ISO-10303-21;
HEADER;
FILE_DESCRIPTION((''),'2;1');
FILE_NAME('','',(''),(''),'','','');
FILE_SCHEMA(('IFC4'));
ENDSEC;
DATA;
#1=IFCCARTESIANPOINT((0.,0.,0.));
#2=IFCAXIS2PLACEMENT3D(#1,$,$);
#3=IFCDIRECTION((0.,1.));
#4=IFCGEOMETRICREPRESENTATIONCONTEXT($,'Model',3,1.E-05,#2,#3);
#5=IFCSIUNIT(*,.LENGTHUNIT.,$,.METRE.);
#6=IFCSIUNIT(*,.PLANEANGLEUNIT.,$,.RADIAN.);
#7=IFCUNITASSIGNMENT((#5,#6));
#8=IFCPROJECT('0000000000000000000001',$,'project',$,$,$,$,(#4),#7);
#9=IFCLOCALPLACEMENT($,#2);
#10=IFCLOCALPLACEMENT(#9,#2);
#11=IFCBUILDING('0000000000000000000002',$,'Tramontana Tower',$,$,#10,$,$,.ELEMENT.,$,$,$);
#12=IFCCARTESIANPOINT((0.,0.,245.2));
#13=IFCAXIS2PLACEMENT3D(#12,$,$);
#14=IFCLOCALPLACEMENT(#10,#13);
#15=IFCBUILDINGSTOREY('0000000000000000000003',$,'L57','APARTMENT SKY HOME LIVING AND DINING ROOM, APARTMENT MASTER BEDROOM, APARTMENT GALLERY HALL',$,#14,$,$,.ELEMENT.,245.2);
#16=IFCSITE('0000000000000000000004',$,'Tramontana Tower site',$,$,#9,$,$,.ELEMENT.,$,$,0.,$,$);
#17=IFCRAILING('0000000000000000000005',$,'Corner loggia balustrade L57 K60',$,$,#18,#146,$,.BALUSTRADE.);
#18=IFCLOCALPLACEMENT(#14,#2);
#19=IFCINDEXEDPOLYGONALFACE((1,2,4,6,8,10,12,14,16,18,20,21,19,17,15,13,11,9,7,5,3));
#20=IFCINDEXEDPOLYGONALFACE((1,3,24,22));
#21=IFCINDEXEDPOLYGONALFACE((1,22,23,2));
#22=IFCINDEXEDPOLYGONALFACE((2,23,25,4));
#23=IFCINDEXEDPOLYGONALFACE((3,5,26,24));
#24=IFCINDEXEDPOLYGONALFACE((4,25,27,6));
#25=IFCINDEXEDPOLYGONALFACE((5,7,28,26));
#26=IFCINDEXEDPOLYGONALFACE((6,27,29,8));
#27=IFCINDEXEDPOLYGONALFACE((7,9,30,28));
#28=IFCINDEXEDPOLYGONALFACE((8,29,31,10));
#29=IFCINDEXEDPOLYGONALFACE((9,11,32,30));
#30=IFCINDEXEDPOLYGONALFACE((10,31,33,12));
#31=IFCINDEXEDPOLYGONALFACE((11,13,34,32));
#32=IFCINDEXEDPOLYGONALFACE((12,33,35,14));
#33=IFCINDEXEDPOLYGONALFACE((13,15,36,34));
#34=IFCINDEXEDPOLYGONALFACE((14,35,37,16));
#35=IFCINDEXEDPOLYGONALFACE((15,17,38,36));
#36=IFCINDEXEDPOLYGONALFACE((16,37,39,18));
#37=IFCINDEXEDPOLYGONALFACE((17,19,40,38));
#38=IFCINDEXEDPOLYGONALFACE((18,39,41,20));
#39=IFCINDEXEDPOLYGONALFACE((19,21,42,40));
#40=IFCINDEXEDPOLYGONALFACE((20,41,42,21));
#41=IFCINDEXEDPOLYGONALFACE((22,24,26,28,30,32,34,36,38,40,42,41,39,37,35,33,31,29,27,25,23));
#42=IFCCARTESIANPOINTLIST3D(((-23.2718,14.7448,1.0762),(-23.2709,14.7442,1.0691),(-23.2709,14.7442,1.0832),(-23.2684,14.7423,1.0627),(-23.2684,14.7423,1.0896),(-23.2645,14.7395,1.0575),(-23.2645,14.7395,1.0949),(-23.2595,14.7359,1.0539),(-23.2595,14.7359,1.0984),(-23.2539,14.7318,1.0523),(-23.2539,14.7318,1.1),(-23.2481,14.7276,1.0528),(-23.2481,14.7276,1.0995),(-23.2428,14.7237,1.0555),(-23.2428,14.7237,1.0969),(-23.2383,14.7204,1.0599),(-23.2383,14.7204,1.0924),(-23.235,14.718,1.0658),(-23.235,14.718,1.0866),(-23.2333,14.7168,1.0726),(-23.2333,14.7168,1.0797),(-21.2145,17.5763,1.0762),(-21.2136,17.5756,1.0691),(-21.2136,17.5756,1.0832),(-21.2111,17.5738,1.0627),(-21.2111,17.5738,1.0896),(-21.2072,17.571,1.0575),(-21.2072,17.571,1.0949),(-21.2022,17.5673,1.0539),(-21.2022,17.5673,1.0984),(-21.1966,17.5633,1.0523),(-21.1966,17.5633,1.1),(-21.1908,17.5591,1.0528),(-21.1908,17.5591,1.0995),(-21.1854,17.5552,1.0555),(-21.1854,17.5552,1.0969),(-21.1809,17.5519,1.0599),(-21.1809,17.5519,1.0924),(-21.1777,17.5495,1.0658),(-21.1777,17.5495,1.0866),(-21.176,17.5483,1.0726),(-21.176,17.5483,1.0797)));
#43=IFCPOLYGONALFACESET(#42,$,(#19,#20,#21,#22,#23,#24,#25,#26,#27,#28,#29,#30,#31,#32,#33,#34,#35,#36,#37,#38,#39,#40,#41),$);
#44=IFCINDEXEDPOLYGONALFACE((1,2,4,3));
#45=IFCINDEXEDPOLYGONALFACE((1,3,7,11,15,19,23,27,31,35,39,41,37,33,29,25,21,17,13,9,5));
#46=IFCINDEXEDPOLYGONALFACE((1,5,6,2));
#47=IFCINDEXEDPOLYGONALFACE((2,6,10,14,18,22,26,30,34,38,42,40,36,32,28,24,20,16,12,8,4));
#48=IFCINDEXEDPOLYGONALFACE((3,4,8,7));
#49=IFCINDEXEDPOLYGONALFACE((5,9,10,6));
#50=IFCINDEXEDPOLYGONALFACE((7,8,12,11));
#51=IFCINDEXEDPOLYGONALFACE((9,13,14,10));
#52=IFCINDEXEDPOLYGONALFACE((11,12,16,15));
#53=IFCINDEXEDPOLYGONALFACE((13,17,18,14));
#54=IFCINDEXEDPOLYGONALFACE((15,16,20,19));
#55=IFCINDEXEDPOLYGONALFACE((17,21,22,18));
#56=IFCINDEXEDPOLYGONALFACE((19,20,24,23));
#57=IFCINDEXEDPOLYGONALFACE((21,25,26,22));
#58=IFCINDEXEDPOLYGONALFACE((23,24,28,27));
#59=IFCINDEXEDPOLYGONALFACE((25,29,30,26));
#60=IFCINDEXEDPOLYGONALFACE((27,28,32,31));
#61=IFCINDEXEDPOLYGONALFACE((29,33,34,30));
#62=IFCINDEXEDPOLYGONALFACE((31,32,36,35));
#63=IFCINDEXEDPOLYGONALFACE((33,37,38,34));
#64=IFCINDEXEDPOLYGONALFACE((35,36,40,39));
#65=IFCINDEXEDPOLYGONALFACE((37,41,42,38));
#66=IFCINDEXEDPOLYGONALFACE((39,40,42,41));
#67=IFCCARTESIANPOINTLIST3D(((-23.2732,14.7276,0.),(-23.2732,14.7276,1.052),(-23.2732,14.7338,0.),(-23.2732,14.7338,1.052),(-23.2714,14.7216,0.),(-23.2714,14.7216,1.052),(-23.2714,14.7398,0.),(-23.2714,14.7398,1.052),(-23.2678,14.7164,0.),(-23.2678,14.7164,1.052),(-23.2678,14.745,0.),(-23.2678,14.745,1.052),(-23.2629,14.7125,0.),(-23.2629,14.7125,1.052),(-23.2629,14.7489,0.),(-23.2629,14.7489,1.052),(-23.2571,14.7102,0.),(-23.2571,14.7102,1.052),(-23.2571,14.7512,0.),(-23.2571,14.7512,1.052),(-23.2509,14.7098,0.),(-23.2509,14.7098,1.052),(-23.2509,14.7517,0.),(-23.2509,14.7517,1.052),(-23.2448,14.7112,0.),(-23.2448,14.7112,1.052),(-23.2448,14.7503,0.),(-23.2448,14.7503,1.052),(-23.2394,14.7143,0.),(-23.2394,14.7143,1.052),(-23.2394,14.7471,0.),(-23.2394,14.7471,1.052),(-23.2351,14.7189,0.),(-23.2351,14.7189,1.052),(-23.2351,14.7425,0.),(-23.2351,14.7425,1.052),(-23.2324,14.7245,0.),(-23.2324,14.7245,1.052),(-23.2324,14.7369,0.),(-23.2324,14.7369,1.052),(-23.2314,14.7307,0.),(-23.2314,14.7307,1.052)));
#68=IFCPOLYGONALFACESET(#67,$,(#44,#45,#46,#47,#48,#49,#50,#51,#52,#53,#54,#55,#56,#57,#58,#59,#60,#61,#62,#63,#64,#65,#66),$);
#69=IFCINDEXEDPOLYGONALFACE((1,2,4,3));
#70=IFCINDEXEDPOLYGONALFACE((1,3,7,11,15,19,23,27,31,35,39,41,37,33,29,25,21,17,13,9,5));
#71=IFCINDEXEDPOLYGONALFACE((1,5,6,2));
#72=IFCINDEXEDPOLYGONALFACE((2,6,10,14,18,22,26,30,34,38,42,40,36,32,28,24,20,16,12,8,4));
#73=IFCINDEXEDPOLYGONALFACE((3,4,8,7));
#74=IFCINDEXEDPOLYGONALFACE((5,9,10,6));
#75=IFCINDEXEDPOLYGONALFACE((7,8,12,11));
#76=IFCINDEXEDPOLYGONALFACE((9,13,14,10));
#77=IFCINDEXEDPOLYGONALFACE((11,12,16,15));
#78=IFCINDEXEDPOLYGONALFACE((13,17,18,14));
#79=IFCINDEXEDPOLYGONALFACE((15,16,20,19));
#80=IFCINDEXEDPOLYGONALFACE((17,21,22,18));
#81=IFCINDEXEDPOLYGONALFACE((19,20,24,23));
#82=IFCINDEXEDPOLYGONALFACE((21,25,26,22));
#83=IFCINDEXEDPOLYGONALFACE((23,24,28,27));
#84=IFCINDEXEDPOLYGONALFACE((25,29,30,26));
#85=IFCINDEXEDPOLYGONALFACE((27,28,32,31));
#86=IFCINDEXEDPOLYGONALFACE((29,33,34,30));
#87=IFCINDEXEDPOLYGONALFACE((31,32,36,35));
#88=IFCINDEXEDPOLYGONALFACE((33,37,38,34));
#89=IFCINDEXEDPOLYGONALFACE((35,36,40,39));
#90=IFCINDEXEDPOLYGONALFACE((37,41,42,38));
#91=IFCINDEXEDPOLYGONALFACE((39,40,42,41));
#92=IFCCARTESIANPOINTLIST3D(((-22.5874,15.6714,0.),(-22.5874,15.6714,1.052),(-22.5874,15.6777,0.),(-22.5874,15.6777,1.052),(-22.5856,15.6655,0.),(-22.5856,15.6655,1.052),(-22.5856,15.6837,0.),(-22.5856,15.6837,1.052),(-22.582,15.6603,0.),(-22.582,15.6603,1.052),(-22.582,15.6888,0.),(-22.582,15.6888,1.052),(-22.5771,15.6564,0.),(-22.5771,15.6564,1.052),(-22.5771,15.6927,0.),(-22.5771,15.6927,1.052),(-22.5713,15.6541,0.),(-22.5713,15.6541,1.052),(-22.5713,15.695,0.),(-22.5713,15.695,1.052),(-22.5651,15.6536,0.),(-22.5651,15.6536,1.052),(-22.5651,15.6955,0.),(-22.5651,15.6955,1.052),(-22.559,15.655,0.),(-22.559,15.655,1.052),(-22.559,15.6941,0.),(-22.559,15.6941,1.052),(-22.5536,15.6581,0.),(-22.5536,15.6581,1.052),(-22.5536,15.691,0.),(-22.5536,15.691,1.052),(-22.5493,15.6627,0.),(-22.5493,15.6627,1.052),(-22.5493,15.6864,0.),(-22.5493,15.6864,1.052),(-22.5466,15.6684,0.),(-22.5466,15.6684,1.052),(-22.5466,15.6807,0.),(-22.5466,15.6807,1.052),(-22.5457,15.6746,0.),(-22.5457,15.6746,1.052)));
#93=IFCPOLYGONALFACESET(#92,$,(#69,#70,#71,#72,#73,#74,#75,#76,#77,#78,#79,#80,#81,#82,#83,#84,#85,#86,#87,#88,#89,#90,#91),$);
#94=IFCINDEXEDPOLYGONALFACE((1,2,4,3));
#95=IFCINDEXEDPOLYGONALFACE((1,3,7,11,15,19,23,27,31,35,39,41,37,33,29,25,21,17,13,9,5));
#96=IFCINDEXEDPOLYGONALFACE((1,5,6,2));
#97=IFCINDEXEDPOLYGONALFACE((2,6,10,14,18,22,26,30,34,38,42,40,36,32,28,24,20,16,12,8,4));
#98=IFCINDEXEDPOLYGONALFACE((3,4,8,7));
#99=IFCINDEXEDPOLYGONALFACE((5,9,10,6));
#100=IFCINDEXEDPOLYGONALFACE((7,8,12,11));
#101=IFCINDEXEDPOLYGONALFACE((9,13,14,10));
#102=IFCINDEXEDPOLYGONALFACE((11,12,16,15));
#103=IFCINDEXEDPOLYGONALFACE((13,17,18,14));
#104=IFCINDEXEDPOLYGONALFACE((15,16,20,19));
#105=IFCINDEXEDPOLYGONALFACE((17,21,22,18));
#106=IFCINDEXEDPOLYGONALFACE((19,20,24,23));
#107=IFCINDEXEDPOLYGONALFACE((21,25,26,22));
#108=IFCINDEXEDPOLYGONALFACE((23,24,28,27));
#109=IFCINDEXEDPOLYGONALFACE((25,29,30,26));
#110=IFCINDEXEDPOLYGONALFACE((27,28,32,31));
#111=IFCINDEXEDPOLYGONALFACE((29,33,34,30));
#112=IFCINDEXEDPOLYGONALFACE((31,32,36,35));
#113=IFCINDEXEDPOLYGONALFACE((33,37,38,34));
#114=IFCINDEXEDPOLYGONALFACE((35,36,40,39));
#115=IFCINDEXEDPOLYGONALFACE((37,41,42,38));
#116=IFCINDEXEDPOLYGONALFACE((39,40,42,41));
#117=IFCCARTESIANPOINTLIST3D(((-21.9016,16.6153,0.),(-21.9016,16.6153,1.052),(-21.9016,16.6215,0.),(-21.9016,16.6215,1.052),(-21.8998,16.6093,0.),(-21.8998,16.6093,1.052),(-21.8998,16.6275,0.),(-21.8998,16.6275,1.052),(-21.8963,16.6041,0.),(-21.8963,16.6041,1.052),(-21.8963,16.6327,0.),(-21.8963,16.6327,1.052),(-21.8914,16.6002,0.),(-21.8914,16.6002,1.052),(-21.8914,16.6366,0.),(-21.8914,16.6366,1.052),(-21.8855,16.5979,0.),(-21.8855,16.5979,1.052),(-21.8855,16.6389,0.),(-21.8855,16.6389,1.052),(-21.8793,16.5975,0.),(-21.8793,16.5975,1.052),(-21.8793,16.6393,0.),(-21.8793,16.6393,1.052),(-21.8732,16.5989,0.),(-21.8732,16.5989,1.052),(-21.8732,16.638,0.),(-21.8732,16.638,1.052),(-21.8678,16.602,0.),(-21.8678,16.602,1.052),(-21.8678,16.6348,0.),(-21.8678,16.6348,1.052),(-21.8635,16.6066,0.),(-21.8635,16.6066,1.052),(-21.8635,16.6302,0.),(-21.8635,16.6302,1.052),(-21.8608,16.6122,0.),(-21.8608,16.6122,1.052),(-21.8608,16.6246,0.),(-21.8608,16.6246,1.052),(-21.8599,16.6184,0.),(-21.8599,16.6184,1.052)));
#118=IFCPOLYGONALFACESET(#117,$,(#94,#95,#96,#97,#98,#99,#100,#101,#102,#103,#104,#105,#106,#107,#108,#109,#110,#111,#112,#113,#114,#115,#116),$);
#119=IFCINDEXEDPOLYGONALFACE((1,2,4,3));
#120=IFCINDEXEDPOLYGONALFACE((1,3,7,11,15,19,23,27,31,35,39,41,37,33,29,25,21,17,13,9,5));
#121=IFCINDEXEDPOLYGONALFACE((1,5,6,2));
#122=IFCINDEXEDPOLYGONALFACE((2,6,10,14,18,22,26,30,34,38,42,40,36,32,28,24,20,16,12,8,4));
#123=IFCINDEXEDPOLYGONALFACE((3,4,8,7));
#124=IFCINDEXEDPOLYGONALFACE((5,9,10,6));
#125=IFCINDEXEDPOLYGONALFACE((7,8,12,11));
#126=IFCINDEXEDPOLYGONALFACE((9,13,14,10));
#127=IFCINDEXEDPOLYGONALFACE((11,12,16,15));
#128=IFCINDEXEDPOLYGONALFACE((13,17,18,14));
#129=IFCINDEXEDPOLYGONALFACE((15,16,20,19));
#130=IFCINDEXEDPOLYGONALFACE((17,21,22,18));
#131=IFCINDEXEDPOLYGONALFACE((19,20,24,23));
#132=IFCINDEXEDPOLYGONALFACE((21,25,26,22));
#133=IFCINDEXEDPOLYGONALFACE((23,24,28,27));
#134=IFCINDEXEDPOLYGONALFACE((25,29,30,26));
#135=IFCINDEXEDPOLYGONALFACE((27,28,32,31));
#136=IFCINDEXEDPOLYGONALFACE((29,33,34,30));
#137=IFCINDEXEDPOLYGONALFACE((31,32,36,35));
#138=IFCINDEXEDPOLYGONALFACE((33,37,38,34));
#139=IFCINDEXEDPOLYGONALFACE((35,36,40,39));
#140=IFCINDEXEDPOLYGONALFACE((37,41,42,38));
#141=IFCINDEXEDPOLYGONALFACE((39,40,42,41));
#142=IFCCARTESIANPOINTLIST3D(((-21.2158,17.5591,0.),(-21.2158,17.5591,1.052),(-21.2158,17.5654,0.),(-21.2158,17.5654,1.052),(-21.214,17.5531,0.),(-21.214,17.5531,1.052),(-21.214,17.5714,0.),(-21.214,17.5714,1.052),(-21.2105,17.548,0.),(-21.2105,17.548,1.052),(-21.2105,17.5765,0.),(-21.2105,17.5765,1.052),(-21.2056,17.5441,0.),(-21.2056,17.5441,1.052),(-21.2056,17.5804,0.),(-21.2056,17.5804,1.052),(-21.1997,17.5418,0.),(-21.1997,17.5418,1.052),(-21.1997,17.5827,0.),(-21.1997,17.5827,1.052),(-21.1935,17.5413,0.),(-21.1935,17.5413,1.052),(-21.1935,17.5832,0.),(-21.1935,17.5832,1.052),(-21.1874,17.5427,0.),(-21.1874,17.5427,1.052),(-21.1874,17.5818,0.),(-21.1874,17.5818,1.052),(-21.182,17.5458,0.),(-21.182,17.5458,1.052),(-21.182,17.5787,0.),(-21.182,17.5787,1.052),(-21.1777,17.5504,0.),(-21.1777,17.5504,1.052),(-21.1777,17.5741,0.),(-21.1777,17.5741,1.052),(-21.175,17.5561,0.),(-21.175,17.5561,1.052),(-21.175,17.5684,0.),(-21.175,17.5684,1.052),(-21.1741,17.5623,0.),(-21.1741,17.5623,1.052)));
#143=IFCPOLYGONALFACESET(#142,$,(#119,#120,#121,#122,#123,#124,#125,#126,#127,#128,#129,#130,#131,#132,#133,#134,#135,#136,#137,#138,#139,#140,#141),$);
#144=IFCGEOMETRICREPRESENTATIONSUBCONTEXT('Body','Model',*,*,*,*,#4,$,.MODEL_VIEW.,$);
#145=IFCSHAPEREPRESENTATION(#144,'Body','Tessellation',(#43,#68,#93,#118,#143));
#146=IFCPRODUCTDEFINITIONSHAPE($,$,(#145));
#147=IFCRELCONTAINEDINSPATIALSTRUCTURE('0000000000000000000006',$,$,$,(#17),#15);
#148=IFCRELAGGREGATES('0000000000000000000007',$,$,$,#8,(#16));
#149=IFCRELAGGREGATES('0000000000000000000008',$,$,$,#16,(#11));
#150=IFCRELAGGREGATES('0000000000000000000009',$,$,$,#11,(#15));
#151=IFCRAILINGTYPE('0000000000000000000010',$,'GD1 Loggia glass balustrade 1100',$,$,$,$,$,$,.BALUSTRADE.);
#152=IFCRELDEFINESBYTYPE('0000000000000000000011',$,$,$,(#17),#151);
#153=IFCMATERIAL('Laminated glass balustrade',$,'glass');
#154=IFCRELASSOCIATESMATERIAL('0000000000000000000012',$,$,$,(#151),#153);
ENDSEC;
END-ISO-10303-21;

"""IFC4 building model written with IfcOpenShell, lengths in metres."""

from ifc_helpers import new_model, si_unit, direction, frame, origin, origin_2d, place, context, subcontext, project, spatial, circle, extrude, material, type_object, element, save


model = new_model("IFC4")

# Units and contexts
model_context = context("Model", 3, precision=1e-05, world=origin(), true_north=direction((0.0, 1.0)))
body_context = subcontext(model_context, "Body", "Model", "MODEL_VIEW")
ifc_project = project(units=[si_unit("LENGTHUNIT", "METRE"), si_unit("PLANEANGLEUNIT", "RADIAN")], contexts=[model_context])

# Site, building, storey
site_placement = place(None, origin())
site = spatial("IfcSite", under=ifc_project, at=site_placement, Name="Tramontana Tower site", CompositionType="ELEMENT", RefElevation=0.0)
building_placement = place(site_placement, origin())
building = spatial("IfcBuilding", under=site, at=building_placement, Name="Tramontana Tower", CompositionType="ELEMENT")
storey_placement = place(building_placement, frame((0.0, 0.0, 245.2)))
storey = spatial("IfcBuildingStorey", under=building, at=storey_placement, Name="L57", Description="APARTMENT SKY HOME LIVING AND DINING ROOM, APARTMENT MASTER BEDROOM, APARTMENT GALLERY HALL", CompositionType="ELEMENT", Elevation=245.2)

# Railing
ifc_material_1 = material(Name="Laminated glass balustrade", Category="glass")
railing_type = type_object("IfcRailingType", Name="GD1 Loggia glass balustrade 1100", PredefinedType="BALUSTRADE", material=ifc_material_1)
railing_1_placement = place(storey_placement, frame((-23.2524, 14.7307, 0.0)))
element("IfcRailing", 1, at=railing_1_placement, inside=storey, type_object=railing_type, Name="Corner loggia balustrade L57 K60", PredefinedType="BALUSTRADE", context=body_context, shape_type="SweptSolid", body=[
    extrude(circle(Radius=0.0239, at=origin_2d()), frame((0.0, 0.0, 1.0762), z_axis=(0.587811, 0.808998, 0.0), x_axis=(-0.808998, 0.587811, 0.0)), (0.0, 0.0, 1.0), 3.5),
    extrude(circle(Radius=0.021, at=origin_2d()), origin(), (0.0, 0.0, 1.0), 1.052),
    extrude(circle(Radius=0.021, at=origin_2d()), frame((0.6858, 0.9438, 0.0)), (0.0, 0.0, 1.0), 1.052),
    extrude(circle(Radius=0.021, at=origin_2d()), frame((1.3716, 1.8877, 0.0)), (0.0, 0.0, 1.0), 1.052),
    extrude(circle(Radius=0.021, at=origin_2d()), frame((2.0574, 2.8315, 0.0)), (0.0, 0.0, 1.0), 1.052),
])

save(model, "model.ifc")
